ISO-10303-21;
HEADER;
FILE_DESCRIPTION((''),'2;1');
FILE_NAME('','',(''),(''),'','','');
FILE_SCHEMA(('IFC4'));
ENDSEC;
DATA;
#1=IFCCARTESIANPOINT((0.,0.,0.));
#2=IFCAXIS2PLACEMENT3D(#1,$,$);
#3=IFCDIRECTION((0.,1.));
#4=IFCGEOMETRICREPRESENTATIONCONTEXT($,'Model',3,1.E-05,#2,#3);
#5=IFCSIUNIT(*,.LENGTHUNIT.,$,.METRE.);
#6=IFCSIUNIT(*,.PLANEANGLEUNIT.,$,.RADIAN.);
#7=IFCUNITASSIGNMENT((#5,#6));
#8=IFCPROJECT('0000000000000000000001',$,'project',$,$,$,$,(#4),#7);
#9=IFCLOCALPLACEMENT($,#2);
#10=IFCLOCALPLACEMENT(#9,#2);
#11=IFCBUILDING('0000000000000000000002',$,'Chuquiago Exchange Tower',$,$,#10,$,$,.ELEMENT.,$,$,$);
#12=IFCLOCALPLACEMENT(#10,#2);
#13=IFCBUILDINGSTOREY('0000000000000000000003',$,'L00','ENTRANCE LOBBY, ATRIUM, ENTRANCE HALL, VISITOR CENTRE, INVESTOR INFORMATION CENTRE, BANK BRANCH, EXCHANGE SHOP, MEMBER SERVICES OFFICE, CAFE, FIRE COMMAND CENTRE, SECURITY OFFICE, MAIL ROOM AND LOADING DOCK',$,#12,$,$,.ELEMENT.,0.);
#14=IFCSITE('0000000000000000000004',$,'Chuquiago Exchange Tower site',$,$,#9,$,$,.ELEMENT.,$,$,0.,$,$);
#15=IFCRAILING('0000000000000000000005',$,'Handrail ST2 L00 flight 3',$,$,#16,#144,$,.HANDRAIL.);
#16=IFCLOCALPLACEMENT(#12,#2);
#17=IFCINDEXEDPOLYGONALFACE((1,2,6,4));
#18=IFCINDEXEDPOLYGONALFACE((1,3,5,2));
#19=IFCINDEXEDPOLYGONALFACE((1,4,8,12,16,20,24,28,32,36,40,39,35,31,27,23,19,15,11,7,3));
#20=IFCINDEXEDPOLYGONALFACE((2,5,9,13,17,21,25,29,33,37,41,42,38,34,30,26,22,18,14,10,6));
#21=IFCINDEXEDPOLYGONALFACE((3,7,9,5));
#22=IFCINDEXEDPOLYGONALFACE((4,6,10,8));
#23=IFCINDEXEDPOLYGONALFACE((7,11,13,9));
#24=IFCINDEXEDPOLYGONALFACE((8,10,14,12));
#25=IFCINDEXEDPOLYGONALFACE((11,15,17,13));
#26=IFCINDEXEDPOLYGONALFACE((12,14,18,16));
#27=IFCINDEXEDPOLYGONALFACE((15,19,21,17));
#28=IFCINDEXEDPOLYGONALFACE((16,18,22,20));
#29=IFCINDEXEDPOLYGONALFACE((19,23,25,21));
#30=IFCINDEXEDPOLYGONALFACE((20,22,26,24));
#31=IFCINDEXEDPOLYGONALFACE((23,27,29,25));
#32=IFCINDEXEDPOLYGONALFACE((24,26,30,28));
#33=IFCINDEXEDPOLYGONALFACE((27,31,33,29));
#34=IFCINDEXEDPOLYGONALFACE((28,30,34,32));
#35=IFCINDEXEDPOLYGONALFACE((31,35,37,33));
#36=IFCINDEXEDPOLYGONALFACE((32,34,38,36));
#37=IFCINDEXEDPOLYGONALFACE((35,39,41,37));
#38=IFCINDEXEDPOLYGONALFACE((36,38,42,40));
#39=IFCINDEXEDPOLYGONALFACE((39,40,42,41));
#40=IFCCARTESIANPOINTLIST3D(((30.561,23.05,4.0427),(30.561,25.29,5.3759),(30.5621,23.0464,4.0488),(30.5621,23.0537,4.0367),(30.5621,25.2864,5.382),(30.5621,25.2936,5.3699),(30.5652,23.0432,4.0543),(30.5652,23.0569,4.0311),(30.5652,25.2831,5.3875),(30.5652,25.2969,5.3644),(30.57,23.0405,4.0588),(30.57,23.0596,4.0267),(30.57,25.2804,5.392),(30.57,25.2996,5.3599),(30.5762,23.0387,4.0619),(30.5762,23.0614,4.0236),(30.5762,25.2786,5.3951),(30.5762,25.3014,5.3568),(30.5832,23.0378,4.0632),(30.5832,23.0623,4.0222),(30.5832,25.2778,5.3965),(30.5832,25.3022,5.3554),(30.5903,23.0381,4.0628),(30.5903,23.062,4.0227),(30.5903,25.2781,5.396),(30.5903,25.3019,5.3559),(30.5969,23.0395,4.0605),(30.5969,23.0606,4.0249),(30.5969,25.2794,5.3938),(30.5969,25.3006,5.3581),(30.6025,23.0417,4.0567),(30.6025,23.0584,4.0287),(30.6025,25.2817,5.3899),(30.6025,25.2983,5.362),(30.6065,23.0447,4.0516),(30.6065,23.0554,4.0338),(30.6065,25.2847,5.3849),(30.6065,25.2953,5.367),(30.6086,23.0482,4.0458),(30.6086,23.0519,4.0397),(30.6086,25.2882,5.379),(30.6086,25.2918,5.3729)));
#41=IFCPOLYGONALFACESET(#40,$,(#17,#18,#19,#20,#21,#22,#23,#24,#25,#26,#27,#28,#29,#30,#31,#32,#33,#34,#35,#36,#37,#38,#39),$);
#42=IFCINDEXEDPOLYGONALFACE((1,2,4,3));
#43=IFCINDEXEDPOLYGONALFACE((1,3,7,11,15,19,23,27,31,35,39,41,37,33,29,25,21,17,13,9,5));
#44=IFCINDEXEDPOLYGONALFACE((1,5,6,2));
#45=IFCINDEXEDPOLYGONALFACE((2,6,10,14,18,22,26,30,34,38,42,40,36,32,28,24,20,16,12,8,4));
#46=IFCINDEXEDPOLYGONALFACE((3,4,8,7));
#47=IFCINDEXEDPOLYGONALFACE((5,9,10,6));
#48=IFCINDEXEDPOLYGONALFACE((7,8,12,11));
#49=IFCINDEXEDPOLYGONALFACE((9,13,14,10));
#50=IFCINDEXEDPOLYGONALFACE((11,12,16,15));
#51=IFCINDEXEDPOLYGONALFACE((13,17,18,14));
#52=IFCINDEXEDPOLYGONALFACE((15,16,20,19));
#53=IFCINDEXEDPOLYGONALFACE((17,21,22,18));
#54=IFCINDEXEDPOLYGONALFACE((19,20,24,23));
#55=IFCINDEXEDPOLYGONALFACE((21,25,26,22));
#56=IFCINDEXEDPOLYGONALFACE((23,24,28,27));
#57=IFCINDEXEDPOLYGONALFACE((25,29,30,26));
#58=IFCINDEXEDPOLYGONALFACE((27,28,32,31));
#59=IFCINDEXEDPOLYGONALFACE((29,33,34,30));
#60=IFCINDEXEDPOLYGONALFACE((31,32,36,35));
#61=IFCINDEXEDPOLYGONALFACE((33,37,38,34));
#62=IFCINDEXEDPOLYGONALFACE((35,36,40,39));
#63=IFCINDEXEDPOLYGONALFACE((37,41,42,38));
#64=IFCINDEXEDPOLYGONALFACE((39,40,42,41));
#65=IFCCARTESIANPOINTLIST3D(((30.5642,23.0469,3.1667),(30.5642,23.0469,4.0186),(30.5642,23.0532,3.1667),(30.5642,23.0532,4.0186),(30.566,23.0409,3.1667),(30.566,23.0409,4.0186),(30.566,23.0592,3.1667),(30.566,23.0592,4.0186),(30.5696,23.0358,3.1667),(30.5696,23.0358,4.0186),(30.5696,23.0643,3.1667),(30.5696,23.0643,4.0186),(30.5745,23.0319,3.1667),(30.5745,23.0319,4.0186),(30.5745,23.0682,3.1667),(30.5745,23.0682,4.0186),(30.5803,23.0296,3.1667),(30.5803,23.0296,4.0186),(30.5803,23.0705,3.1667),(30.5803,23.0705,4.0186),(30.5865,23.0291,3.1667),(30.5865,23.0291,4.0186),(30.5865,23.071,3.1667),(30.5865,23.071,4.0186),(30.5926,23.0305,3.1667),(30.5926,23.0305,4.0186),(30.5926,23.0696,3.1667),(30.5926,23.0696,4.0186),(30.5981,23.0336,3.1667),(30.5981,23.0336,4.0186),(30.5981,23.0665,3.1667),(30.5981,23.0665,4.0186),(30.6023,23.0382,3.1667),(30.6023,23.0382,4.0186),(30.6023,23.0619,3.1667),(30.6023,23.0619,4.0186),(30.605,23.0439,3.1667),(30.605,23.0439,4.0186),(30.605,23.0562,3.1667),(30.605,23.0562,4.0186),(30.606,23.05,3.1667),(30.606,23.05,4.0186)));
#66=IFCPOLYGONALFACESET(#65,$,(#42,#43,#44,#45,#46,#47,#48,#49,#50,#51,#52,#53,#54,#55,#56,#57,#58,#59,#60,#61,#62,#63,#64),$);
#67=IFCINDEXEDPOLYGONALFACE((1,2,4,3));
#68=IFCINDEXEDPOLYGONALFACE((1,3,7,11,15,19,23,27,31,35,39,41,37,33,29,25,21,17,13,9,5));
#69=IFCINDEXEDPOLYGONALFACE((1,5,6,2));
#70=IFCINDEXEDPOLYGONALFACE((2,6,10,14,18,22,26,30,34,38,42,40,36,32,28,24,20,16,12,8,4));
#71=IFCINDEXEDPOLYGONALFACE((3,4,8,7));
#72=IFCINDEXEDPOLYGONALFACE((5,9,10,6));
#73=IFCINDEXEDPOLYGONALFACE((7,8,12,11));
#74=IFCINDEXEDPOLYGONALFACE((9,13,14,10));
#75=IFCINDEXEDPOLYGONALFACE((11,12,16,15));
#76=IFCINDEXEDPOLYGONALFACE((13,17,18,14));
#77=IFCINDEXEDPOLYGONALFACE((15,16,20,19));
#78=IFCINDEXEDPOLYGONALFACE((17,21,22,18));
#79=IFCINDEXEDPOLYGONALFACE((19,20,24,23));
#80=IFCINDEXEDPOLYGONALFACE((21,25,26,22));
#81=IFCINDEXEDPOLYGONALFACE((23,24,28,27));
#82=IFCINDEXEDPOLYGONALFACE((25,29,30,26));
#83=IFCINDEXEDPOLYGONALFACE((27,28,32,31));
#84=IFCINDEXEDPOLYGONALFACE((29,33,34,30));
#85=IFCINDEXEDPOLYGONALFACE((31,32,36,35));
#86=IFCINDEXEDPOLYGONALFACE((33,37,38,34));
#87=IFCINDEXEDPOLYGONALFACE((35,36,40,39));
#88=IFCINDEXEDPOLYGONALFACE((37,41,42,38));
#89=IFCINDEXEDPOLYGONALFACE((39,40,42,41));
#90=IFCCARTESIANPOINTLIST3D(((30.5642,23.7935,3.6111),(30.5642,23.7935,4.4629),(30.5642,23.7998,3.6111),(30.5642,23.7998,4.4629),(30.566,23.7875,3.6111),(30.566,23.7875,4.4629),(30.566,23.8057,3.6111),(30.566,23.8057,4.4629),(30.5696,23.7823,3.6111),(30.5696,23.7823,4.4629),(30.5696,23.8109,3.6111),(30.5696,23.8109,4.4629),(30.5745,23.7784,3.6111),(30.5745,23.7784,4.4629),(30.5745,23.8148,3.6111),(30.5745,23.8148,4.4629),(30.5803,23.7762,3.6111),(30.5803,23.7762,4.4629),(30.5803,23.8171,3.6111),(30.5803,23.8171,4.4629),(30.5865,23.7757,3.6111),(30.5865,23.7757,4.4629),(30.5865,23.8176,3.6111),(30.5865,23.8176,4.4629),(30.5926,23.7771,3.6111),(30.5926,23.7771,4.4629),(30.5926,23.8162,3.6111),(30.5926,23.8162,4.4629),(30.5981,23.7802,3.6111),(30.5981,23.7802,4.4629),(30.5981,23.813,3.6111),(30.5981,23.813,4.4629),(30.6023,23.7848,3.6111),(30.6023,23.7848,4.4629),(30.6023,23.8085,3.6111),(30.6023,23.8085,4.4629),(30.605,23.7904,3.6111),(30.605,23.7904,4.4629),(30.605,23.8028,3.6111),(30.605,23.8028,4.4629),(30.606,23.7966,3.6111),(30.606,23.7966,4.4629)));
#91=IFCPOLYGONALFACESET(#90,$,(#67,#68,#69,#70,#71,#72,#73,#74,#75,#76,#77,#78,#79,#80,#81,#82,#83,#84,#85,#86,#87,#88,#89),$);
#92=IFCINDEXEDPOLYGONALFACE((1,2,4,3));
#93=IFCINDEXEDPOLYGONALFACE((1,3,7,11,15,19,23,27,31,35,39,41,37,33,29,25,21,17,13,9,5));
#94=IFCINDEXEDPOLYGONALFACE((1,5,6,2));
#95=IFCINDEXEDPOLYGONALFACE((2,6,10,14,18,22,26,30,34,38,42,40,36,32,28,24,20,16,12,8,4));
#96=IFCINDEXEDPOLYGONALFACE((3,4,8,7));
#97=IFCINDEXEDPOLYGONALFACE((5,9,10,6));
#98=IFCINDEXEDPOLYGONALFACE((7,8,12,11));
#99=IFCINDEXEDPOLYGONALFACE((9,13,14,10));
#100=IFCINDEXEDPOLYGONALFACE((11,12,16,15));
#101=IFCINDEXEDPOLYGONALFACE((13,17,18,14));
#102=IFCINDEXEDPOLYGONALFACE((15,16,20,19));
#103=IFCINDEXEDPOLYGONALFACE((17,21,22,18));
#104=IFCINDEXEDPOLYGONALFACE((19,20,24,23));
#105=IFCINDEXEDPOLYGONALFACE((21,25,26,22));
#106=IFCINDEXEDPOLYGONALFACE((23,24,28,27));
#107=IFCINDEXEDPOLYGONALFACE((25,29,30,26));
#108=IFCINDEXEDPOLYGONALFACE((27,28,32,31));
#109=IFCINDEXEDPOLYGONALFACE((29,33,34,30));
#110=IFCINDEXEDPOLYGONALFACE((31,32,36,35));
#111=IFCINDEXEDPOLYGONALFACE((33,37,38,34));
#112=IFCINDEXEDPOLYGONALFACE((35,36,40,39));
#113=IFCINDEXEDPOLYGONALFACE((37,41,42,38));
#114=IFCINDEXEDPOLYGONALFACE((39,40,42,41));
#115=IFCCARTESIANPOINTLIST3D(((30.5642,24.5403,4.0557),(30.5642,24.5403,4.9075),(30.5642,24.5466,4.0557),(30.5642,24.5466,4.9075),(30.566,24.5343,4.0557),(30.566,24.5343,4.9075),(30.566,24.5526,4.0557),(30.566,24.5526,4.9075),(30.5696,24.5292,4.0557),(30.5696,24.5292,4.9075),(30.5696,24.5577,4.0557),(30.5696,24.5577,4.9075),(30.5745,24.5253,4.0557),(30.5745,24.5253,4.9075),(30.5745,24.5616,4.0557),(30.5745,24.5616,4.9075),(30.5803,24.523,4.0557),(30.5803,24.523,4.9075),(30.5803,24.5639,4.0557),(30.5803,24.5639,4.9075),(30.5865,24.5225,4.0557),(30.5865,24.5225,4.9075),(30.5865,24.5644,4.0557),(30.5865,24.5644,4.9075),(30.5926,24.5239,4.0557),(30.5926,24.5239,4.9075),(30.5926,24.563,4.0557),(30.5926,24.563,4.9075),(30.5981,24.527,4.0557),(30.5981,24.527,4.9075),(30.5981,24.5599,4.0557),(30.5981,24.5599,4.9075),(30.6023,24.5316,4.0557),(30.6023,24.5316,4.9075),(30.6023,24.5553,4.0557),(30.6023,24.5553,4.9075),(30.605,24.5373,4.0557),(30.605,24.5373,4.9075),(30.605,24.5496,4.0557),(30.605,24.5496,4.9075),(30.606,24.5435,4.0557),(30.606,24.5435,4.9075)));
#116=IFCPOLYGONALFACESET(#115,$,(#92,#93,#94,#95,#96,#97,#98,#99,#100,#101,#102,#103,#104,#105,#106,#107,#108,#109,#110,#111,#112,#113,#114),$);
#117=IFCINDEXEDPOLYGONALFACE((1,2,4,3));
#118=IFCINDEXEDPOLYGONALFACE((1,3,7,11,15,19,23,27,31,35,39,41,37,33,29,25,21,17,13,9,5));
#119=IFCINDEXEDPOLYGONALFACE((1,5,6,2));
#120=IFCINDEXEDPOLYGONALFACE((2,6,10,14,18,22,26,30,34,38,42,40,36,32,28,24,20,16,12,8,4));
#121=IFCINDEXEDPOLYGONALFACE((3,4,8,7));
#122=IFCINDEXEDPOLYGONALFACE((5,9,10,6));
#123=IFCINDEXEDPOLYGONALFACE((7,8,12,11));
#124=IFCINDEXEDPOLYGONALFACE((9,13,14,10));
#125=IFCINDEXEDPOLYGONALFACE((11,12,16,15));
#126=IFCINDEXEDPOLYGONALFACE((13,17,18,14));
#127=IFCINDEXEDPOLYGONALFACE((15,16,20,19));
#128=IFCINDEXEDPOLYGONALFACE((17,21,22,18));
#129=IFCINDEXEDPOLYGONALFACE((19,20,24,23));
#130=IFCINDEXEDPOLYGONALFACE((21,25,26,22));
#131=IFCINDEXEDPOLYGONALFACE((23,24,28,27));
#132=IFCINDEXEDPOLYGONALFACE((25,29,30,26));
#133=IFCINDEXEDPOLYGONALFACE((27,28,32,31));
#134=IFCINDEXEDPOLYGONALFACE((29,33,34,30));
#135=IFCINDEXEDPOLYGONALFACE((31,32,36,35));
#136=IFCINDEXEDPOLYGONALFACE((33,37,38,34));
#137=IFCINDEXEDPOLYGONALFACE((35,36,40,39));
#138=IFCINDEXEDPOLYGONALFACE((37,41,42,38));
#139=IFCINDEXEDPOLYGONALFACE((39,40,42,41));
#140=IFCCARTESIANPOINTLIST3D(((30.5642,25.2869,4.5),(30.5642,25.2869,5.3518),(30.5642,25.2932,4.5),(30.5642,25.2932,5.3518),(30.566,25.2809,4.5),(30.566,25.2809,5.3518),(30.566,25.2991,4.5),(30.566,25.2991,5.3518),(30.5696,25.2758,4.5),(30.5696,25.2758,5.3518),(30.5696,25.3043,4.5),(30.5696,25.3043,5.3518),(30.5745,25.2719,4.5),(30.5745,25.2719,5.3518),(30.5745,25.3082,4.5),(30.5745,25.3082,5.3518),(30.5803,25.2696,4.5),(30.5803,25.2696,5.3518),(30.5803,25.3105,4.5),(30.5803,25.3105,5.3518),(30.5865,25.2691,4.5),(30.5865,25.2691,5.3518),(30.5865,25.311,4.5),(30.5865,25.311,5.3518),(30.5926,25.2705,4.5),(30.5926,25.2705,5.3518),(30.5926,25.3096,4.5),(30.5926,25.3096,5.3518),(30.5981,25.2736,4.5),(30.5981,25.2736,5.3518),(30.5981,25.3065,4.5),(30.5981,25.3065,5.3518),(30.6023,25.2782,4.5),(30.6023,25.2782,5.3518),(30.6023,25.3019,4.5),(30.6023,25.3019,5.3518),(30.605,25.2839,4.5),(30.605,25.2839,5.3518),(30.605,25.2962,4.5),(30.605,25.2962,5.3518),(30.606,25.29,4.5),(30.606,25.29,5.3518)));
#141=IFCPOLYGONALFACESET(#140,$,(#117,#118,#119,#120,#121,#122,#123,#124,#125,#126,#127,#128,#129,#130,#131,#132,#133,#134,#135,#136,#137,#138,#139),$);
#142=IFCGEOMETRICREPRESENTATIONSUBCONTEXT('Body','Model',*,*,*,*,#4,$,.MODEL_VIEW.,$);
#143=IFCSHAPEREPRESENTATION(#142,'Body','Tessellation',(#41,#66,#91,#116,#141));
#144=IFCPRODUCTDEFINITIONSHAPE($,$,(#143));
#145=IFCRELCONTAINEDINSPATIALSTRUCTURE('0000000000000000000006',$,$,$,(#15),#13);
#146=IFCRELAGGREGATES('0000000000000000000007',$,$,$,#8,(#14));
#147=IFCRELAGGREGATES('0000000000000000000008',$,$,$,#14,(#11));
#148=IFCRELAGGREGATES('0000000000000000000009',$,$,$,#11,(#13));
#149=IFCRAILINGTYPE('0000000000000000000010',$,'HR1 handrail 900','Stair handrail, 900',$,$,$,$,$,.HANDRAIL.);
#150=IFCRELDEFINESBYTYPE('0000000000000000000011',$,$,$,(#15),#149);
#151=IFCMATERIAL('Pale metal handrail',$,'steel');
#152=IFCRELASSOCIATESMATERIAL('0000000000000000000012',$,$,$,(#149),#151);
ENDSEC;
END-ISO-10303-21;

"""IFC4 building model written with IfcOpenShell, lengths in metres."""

from ifc_helpers import new_model, si_unit, direction, frame, origin, origin_2d, place, context, subcontext, project, spatial, circle, extrude, material, type_object, element, save


model = new_model("IFC4")

# Units and contexts
model_context = context("Model", 3, precision=1e-05, world=origin(), true_north=direction((0.0, 1.0)))
body_context = subcontext(model_context, "Body", "Model", "MODEL_VIEW")
ifc_project = project(units=[si_unit("LENGTHUNIT", "METRE"), si_unit("PLANEANGLEUNIT", "RADIAN")], contexts=[model_context])

# Site, building, storey
site_placement = place(None, origin())
site = spatial("IfcSite", under=ifc_project, at=site_placement, Name="Chuquiago Exchange Tower site", CompositionType="ELEMENT", RefElevation=0.0)
building_placement = place(site_placement, origin())
building = spatial("IfcBuilding", under=site, at=building_placement, Name="Chuquiago Exchange Tower", CompositionType="ELEMENT")
storey_placement = place(building_placement, origin())
storey = spatial("IfcBuildingStorey", under=building, at=storey_placement, Name="L00", Description="ENTRANCE LOBBY, ATRIUM, ENTRANCE HALL, VISITOR CENTRE, INVESTOR INFORMATION CENTRE, BANK BRANCH, EXCHANGE SHOP, MEMBER SERVICES OFFICE, CAFE, FIRE COMMAND CENTRE, SECURITY OFFICE, MAIL ROOM AND LOADING DOCK", CompositionType="ELEMENT", Elevation=0.0)

# Railing
ifc_material_1 = material(Name="Pale metal handrail", Category="steel")
railing_type = type_object("IfcRailingType", Name="HR1 handrail 900", Description="Stair handrail, 900", PredefinedType="HANDRAIL", material=ifc_material_1)
for number, where, name in (
    (1, (30.585, 23.05, 3.1667), "Handrail ST2 L00 flight 3"),
):
    element("IfcRailing", number, at=place(storey_placement, frame(where)), inside=storey, type_object=railing_type, Name=name, PredefinedType="HANDRAIL", context=body_context, shape_type="SweptSolid", body=[
        extrude(circle(Radius=0.0239, at=origin_2d()), frame((0.0, 0.0, 0.876), z_axis=(0.0, 0.859306, 0.511462), x_axis=(-1.0, 0.0, 0.0)), (0.0, 0.0, 1.0), 2.6067),
        extrude(circle(Radius=0.021, at=origin_2d()), origin(), (0.0, 0.0, 1.0), 0.8518),
        extrude(circle(Radius=0.021, at=origin_2d()), frame((0.0, 0.7466, 0.4443)), (0.0, 0.0, 1.0), 0.8518),
        extrude(circle(Radius=0.021, at=origin_2d()), frame((0.0, 1.4934, 0.8889)), (0.0, 0.0, 1.0), 0.8518),
        extrude(circle(Radius=0.021, at=origin_2d()), frame((0.0, 2.24, 1.3333)), (0.0, 0.0, 1.0), 0.8518),
    ])

save(model, "model.ifc")
